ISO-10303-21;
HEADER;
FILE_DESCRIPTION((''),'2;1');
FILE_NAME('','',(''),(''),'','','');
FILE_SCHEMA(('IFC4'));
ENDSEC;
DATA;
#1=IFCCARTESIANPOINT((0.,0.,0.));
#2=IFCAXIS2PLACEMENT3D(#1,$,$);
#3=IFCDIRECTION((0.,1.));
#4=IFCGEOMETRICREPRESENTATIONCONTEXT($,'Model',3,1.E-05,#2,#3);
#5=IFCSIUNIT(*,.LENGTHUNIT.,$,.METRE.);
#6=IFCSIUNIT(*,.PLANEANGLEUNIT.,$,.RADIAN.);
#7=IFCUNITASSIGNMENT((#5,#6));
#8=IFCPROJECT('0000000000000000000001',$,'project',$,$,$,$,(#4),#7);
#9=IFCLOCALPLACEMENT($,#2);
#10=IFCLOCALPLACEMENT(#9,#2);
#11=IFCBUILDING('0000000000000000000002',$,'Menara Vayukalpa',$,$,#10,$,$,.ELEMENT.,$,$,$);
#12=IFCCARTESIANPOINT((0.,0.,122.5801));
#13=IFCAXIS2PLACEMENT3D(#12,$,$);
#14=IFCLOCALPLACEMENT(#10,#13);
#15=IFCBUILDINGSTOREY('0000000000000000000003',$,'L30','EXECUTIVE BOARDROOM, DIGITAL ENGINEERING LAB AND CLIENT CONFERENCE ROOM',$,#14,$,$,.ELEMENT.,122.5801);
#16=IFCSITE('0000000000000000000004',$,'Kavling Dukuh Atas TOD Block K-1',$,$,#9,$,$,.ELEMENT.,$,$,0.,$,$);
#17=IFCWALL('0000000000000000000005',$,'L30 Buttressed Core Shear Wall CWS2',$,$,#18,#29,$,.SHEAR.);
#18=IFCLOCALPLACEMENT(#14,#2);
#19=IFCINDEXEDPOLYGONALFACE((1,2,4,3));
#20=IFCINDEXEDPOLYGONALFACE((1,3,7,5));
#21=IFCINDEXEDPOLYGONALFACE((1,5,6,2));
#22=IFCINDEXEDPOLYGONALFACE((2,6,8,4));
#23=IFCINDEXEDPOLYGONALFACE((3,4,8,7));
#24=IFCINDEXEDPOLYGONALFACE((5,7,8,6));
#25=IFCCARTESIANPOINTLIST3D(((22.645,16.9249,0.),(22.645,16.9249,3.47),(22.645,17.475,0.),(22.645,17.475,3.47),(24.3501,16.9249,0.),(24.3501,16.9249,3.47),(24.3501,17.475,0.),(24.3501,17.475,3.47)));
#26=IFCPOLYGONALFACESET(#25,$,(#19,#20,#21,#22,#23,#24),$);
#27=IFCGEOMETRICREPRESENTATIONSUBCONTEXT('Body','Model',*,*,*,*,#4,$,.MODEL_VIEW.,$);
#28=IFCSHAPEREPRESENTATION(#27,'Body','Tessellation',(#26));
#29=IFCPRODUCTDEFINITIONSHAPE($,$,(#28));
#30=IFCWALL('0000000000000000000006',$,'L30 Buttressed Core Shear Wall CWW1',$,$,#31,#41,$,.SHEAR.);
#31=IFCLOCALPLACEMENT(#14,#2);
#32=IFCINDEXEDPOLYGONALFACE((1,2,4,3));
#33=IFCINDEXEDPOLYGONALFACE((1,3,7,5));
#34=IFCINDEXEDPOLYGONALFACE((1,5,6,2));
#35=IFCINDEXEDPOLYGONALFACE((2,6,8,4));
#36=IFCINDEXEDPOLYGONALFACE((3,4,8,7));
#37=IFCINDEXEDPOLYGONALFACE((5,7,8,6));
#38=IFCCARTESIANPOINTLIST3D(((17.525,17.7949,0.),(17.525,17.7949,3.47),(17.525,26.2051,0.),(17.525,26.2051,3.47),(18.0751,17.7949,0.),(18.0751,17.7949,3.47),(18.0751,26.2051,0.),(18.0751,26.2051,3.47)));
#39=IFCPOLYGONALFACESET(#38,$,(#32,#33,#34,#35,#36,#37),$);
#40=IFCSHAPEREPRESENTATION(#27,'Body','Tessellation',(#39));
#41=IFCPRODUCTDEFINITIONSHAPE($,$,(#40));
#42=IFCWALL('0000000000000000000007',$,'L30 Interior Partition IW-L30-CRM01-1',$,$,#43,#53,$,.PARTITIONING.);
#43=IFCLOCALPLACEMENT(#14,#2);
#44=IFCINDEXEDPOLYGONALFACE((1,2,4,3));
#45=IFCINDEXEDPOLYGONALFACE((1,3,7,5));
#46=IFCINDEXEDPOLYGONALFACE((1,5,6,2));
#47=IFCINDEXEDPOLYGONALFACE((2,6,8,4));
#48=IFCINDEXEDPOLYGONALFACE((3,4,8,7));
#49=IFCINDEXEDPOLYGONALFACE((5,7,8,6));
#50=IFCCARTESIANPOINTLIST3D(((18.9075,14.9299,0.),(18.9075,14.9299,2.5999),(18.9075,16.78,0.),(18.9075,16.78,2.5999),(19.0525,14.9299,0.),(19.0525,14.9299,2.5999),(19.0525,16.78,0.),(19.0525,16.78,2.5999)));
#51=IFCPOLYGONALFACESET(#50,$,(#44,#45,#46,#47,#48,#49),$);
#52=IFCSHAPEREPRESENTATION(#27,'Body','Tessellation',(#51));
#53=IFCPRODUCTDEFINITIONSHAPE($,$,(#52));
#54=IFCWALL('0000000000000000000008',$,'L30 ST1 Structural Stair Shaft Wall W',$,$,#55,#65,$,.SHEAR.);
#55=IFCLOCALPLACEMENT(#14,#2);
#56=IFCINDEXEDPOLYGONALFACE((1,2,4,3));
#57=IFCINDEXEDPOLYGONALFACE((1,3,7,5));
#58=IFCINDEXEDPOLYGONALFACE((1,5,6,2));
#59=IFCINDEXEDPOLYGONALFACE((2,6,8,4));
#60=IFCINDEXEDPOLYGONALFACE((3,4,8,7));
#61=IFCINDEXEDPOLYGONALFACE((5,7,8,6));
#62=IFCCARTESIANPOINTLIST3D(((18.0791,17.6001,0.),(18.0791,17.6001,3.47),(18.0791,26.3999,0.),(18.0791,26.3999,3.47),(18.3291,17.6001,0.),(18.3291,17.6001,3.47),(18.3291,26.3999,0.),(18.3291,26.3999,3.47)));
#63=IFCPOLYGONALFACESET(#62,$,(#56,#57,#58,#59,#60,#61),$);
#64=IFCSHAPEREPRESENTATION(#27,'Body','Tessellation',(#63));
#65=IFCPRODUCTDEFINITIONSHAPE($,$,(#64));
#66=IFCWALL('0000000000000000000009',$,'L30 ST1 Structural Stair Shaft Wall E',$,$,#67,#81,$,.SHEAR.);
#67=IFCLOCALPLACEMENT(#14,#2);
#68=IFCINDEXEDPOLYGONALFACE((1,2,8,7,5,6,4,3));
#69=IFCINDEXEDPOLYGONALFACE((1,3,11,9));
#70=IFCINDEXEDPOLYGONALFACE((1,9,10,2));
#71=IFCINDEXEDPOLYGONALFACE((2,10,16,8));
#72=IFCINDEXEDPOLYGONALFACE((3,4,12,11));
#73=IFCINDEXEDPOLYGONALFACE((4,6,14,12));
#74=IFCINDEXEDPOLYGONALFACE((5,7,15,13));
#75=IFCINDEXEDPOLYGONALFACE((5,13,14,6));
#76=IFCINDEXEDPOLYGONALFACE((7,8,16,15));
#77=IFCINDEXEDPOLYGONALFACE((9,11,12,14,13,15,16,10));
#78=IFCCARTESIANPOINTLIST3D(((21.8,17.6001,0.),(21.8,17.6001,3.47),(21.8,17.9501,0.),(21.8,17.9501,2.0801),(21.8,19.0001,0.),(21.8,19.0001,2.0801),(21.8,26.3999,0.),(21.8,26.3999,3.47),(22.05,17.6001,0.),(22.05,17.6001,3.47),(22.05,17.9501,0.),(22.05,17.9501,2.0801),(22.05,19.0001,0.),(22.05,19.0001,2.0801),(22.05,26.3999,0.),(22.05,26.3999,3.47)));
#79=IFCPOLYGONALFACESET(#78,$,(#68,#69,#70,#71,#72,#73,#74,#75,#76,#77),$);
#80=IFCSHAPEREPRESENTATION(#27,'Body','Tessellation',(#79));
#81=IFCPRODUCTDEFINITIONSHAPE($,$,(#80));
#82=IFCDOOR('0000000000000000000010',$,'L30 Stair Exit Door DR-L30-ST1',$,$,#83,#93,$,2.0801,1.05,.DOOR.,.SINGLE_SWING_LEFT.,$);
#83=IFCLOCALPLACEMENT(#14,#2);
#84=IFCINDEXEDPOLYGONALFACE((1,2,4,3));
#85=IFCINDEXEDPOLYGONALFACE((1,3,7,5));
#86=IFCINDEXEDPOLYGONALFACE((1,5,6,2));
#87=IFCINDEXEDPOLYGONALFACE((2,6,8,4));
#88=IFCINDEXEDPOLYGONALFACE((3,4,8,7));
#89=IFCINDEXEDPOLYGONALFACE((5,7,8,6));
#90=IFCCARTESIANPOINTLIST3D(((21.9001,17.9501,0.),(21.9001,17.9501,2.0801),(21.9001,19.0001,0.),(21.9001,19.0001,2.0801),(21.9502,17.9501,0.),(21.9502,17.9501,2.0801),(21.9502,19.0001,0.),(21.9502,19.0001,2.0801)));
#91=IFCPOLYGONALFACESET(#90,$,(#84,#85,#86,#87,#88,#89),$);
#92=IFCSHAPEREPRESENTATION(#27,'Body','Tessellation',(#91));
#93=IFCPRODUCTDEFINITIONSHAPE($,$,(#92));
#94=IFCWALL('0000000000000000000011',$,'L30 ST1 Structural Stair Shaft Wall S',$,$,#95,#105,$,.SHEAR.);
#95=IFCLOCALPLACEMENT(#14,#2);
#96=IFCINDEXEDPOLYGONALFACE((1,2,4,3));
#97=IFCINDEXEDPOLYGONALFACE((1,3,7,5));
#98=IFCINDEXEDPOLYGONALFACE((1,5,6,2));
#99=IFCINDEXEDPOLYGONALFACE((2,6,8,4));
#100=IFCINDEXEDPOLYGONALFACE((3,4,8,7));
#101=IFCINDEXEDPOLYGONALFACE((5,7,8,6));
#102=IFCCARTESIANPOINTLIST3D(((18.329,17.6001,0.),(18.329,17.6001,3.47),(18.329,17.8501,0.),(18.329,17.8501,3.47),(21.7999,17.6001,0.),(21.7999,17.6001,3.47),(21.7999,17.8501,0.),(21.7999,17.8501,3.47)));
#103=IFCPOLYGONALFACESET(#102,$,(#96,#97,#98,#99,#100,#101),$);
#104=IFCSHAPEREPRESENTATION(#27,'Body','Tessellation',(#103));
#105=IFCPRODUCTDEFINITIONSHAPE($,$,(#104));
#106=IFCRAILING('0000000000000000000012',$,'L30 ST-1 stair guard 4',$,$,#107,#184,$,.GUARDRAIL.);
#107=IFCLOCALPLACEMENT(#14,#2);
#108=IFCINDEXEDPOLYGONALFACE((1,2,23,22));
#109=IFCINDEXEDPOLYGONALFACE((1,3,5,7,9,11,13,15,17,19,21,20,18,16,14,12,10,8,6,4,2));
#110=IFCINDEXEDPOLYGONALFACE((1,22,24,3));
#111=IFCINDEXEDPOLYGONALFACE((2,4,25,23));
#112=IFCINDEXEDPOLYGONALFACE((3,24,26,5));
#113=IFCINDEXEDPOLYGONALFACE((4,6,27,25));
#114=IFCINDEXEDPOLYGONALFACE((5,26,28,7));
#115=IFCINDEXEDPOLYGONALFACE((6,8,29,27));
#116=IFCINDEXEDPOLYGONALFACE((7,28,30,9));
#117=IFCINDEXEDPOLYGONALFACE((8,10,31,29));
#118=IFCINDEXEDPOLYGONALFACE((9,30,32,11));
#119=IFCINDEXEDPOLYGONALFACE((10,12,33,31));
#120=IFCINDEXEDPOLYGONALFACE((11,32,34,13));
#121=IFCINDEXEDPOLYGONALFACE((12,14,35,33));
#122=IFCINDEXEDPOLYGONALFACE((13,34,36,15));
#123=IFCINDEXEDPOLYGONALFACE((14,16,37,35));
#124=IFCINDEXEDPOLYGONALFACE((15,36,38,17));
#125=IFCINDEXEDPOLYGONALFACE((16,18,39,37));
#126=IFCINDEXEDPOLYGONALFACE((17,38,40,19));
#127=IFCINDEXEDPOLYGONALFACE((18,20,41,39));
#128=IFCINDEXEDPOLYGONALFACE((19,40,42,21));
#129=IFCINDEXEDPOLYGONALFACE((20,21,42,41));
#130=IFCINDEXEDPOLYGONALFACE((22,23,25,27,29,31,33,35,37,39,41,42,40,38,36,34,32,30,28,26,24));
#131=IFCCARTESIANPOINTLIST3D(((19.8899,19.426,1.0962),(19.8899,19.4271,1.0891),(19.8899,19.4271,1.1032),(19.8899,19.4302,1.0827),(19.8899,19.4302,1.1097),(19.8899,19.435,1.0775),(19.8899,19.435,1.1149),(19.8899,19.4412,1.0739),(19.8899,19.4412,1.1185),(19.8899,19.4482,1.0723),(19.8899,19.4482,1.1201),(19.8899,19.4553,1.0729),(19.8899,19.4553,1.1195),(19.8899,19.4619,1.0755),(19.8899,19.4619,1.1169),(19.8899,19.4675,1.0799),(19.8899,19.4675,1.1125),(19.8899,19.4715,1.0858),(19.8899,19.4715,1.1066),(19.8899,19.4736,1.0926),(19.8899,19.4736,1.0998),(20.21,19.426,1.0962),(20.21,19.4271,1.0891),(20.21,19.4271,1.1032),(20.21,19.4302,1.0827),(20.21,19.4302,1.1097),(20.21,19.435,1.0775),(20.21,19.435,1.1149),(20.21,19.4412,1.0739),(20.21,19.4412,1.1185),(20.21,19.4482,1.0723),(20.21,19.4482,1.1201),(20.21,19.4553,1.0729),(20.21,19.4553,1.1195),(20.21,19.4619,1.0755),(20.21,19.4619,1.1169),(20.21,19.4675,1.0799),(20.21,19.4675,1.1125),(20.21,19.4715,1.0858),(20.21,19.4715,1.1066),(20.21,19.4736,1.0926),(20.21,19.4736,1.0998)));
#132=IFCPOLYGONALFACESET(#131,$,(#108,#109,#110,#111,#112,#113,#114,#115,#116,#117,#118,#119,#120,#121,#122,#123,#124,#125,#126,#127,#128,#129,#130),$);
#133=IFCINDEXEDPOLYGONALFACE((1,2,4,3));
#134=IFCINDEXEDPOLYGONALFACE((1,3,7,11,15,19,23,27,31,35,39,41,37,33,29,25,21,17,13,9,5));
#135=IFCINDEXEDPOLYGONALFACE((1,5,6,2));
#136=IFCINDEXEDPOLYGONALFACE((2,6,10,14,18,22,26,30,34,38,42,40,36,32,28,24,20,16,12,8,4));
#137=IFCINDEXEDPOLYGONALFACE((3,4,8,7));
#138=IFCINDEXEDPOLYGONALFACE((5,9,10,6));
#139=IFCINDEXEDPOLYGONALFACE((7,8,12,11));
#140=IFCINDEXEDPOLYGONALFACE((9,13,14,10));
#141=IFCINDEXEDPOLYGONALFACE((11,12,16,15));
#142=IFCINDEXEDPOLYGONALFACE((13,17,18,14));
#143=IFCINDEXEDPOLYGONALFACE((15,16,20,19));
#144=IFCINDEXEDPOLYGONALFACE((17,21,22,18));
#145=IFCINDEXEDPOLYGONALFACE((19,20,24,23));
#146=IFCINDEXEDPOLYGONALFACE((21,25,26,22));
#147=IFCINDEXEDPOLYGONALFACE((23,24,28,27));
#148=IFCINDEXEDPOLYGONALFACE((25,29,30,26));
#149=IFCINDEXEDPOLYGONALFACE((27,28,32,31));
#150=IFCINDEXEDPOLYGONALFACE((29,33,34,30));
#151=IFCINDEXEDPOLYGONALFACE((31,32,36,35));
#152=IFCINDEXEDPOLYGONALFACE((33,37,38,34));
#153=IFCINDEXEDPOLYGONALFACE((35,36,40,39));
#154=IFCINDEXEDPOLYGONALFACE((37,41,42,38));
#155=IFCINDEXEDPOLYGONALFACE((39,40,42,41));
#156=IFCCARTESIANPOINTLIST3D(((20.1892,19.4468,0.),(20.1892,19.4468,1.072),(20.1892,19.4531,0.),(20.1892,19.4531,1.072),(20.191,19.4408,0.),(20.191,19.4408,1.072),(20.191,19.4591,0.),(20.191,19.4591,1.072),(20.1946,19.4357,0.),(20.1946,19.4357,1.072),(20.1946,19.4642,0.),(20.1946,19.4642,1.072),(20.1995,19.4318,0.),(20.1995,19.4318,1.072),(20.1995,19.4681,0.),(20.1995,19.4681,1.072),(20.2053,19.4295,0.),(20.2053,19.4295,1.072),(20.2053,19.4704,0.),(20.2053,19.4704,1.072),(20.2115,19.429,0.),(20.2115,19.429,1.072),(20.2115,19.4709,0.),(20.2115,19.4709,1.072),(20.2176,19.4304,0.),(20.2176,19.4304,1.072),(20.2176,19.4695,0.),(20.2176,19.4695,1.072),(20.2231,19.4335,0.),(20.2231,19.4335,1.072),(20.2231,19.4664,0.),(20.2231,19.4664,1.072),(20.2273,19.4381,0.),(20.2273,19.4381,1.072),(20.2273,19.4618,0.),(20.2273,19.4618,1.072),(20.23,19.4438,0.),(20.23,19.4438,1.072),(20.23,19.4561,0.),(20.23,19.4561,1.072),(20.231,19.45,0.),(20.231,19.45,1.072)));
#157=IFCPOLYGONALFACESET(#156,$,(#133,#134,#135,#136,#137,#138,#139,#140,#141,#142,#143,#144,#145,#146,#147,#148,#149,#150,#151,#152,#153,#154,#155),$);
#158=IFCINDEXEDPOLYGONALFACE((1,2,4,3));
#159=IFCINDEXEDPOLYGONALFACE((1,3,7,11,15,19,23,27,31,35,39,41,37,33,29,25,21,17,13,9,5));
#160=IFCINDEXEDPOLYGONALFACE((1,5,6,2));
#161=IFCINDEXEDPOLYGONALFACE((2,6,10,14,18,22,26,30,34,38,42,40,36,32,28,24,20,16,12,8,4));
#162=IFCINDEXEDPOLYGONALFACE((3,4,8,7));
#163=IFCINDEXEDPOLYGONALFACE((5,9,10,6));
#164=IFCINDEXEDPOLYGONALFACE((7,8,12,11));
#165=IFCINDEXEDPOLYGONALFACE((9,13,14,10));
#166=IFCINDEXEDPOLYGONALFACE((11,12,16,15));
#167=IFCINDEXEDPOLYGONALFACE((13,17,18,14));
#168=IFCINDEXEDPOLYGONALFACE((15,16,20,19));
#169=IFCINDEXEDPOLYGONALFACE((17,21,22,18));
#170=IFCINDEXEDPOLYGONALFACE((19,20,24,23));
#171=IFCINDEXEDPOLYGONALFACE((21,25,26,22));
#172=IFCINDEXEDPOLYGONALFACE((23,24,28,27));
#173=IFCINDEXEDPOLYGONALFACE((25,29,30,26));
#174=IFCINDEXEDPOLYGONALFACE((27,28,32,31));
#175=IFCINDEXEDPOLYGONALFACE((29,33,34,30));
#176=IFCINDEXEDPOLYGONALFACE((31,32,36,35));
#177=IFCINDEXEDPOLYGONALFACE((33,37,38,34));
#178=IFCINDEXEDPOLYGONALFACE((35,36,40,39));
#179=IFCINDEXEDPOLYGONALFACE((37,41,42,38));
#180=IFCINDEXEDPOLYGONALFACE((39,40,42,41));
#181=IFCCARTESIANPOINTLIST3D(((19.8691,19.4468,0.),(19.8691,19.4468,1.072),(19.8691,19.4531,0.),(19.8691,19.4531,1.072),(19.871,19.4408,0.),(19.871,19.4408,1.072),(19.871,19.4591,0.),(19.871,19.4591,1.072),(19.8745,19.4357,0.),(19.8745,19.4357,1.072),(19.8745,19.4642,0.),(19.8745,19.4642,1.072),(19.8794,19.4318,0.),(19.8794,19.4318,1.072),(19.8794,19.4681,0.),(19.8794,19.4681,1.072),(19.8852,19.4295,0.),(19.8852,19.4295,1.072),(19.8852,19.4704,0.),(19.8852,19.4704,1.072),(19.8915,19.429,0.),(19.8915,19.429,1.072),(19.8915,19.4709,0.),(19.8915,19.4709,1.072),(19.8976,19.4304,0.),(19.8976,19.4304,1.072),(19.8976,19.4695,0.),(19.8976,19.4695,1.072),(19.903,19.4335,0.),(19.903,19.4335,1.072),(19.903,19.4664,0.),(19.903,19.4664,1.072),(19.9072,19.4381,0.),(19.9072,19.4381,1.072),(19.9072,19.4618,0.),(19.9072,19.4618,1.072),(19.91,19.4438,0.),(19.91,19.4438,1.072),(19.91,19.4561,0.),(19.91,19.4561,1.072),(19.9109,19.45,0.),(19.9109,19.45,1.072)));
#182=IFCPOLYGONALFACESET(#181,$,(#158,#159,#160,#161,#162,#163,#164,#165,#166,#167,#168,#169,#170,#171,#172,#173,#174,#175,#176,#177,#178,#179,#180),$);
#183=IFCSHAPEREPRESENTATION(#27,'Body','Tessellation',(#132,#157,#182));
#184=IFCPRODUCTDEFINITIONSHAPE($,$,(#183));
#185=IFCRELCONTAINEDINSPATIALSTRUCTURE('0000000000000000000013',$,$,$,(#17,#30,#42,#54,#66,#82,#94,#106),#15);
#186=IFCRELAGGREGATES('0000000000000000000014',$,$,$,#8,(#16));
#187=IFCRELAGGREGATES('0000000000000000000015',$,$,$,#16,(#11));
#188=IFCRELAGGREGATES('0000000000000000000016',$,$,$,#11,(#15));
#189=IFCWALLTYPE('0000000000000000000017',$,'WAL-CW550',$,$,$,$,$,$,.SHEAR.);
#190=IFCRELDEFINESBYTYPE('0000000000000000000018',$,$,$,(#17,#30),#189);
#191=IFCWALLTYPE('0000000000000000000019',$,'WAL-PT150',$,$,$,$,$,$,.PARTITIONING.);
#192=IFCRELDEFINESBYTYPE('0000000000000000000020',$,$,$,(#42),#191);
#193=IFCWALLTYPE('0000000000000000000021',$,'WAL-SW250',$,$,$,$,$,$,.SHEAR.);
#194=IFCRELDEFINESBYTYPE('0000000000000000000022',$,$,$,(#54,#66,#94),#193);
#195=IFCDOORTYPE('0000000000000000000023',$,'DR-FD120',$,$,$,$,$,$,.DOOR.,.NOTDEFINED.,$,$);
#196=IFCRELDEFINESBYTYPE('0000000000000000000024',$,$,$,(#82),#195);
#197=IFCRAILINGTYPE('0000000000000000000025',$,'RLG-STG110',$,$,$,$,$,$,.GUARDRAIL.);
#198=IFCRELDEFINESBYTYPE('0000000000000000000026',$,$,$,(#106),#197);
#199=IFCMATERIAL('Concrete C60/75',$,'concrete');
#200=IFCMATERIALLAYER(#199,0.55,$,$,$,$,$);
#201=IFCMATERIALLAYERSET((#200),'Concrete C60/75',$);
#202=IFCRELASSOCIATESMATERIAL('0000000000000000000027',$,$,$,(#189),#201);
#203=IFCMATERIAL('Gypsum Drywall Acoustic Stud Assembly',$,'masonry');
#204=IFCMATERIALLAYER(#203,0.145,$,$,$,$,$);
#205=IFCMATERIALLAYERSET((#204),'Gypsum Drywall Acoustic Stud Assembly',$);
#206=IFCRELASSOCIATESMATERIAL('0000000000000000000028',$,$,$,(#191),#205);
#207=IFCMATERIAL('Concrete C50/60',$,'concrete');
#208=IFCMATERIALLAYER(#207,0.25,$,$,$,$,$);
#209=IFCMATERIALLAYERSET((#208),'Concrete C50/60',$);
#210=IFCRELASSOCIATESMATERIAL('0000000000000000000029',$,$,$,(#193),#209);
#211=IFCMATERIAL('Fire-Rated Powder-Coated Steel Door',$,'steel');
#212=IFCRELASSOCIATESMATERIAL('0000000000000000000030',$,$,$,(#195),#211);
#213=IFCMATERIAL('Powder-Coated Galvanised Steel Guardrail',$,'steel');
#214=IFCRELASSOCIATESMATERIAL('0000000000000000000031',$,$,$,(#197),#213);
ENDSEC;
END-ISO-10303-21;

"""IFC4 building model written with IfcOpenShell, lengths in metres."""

from ifc_helpers import new_model, si_unit, direction, frame, frame_2d, origin, origin_2d, place, context, subcontext, project, spatial, rectangle, circle, extrude, material, layer, layer_set, type_object, element, fill, save


model = new_model("IFC4")

# Units and contexts
model_context = context("Model", 3, precision=1e-05, world=origin(), true_north=direction((0.0, 1.0)))
body_context = subcontext(model_context, "Body", "Model", "MODEL_VIEW")
ifc_project = project(units=[si_unit("LENGTHUNIT", "METRE"), si_unit("PLANEANGLEUNIT", "RADIAN")], contexts=[model_context])

# Site, building, storey
site_placement = place(None, origin())
site = spatial("IfcSite", under=ifc_project, at=site_placement, Name="Kavling Dukuh Atas TOD Block K-1", CompositionType="ELEMENT", RefElevation=0.0)
building_placement = place(site_placement, origin())
building = spatial("IfcBuilding", under=site, at=building_placement, Name="Menara Vayukalpa", CompositionType="ELEMENT")
storey_placement = place(building_placement, frame((0.0, 0.0, 122.5801)))
storey = spatial("IfcBuildingStorey", under=building, at=storey_placement, Name="L30", Description="EXECUTIVE BOARDROOM, DIGITAL ENGINEERING LAB AND CLIENT CONFERENCE ROOM", CompositionType="ELEMENT", Elevation=122.5801)

# Walls
ifc_material_1 = material(Name="Concrete C60/75", Category="concrete")
ifc_layer_1 = layer(ifc_material_1, 0.55)
ifc_layer_set_1 = layer_set([ifc_layer_1], Name="Concrete C60/75")
wall_type_1 = type_object("IfcWallType", Name="WAL-CW550", PredefinedType="SHEAR", material=ifc_layer_set_1)
wall_1_placement = place(storey_placement, frame((22.645, 17.2, 0.0), z_axis=(0.0, 0.0, 1.0), x_axis=(1.0, 0.0, 0.0)))
element("IfcWall", 1, at=wall_1_placement, inside=storey, type_object=wall_type_1, Name="L30 Buttressed Core Shear Wall CWS2", PredefinedType="SHEAR", context=body_context, shape_type="SweptSolid", body=[
    extrude(rectangle(XDim=1.7051, YDim=0.55, at=frame_2d((0.8525, 0.0))), origin(), (0.0, 0.0, 1.0), 3.47),
])
wall_2_placement = place(storey_placement, frame((17.8, 17.7949, 0.0), z_axis=(0.0, 0.0, 1.0), x_axis=(0.0, 1.0, 0.0)))
element("IfcWall", 2, at=wall_2_placement, inside=storey, type_object=wall_type_1, Name="L30 Buttressed Core Shear Wall CWW1", PredefinedType="SHEAR", context=body_context, shape_type="SweptSolid", body=[
    extrude(rectangle(XDim=8.4102, YDim=0.55, at=frame_2d((4.2051, 0.0))), origin(), (0.0, 0.0, 1.0), 3.47),
])
ifc_material_2 = material(Name="Gypsum Drywall Acoustic Stud Assembly", Category="masonry")
ifc_layer_2 = layer(ifc_material_2, 0.145)
ifc_layer_set_2 = layer_set([ifc_layer_2], Name="Gypsum Drywall Acoustic Stud Assembly")
wall_type_2 = type_object("IfcWallType", Name="WAL-PT150", PredefinedType="PARTITIONING", material=ifc_layer_set_2)
wall_3_placement = place(storey_placement, frame((18.98, 16.78, 0.0), z_axis=(0.0, 0.0, 1.0), x_axis=(0.0, -1.0, 0.0)))
element("IfcWall", 3, at=wall_3_placement, inside=storey, type_object=wall_type_2, Name="L30 Interior Partition IW-L30-CRM01-1", PredefinedType="PARTITIONING", context=body_context, shape_type="SweptSolid", body=[
    extrude(rectangle(XDim=1.8501, YDim=0.145, at=frame_2d((0.925, 0.0))), origin(), (0.0, 0.0, 1.0), 2.5999),
])
ifc_material_3 = material(Name="Concrete C50/60", Category="concrete")
ifc_layer_3 = layer(ifc_material_3, 0.25)
ifc_layer_set_3 = layer_set([ifc_layer_3], Name="Concrete C50/60")
wall_type_3 = type_object("IfcWallType", Name="WAL-SW250", PredefinedType="SHEAR", material=ifc_layer_set_3)
wall_4_placement = place(storey_placement, frame((18.2041, 17.6001, 0.0), z_axis=(0.0, 0.0, 1.0), x_axis=(0.0, 1.0, 0.0)))
element("IfcWall", 4, at=wall_4_placement, inside=storey, type_object=wall_type_3, Name="L30 ST1 Structural Stair Shaft Wall W", PredefinedType="SHEAR", context=body_context, shape_type="SweptSolid", body=[
    extrude(rectangle(XDim=8.7998, YDim=0.25, at=frame_2d((4.3999, 0.0))), origin(), (0.0, 0.0, 1.0), 3.47),
])

# Wall, opening, door
wall_5_placement = place(storey_placement, frame((21.925, 17.6001, 0.0), z_axis=(0.0, 0.0, 1.0), x_axis=(0.0, 1.0, 0.0)))
wall_5 = element("IfcWall", 5, at=wall_5_placement, inside=storey, type_object=wall_type_3, Name="L30 ST1 Structural Stair Shaft Wall E", PredefinedType="SHEAR", context=body_context, shape_type="SweptSolid", body=[
    extrude(rectangle(XDim=8.7998, YDim=0.25, at=frame_2d((4.3999, 0.0))), origin(), (0.0, 0.0, 1.0), 3.47),
])
opening_placement = place(wall_5_placement, frame((0.3501, 0.0, 0.0)))
opening = element("IfcOpeningElement", 6, at=opening_placement, cuts=wall_5, PredefinedType="OPENING", context=body_context, shape_type="SweptSolid", body=[
    extrude(rectangle(XDim=1.05, YDim=2.0801, at=frame_2d((0.5249, 1.04))), frame((0.0, 0.135, 0.0), z_axis=(0.0, -1.0, 0.0), x_axis=(1.0, 0.0, 0.0)), (0.0, 0.0, 1.0), 0.27),
])
ifc_material_4 = material(Name="Fire-Rated Powder-Coated Steel Door", Category="steel")
door_type = type_object("IfcDoorType", Name="DR-FD120", OperationType="NOTDEFINED", PredefinedType="DOOR", material=ifc_material_4)
door_placement = place(opening_placement, origin())
door = element("IfcDoor", 7, at=door_placement, inside=storey, type_object=door_type, Name="L30 Stair Exit Door DR-L30-ST1", OperationType="SINGLE_SWING_LEFT", OverallHeight=2.0801, OverallWidth=1.05, PredefinedType="DOOR", context=body_context, shape_type="SweptSolid", body=[
    extrude(rectangle(XDim=1.05, YDim=2.0801, at=frame_2d((0.5249, 1.04))), frame((0.0, 0.0249, 0.0), z_axis=(0.0, -1.0, 0.0), x_axis=(1.0, 0.0, 0.0)), (0.0, 0.0, 1.0), 0.05),
])
fill(opening, door)

# Wall
wall_6_placement = place(storey_placement, frame((18.3291, 17.7251, 0.0), z_axis=(0.0, 0.0, 1.0), x_axis=(1.0, 0.0, 0.0)))
element("IfcWall", 8, at=wall_6_placement, inside=storey, type_object=wall_type_3, Name="L30 ST1 Structural Stair Shaft Wall S", PredefinedType="SHEAR", context=body_context, shape_type="SweptSolid", body=[
    extrude(rectangle(XDim=3.4709, YDim=0.25, at=frame_2d((1.7354, 0.0))), origin(), (0.0, 0.0, 1.0), 3.47),
])

# Railing
ifc_material_5 = material(Name="Powder-Coated Galvanised Steel Guardrail", Category="steel")
railing_type = type_object("IfcRailingType", Name="RLG-STG110", PredefinedType="GUARDRAIL", material=ifc_material_5)
railing_placement = place(storey_placement, frame((20.21, 19.45, 0.0)))
element("IfcRailing", 9, at=railing_placement, inside=storey, type_object=railing_type, Name="L30 ST-1 stair guard 4", PredefinedType="GUARDRAIL", context=body_context, shape_type="SweptSolid", body=[
    extrude(circle(Radius=0.0239, at=origin_2d()), frame((0.0, 0.0, 1.0962), z_axis=(-1.0, 0.0, 0.0), x_axis=(0.0, -1.0, 0.0)), (0.0, 0.0, 1.0), 0.3201),
    extrude(circle(Radius=0.021, at=origin_2d()), origin(), (0.0, 0.0, 1.0), 1.072),
    extrude(circle(Radius=0.021, at=origin_2d()), frame((-0.3201, 0.0, 0.0)), (0.0, 0.0, 1.0), 1.072),
])

save(model, "model.ifc")
